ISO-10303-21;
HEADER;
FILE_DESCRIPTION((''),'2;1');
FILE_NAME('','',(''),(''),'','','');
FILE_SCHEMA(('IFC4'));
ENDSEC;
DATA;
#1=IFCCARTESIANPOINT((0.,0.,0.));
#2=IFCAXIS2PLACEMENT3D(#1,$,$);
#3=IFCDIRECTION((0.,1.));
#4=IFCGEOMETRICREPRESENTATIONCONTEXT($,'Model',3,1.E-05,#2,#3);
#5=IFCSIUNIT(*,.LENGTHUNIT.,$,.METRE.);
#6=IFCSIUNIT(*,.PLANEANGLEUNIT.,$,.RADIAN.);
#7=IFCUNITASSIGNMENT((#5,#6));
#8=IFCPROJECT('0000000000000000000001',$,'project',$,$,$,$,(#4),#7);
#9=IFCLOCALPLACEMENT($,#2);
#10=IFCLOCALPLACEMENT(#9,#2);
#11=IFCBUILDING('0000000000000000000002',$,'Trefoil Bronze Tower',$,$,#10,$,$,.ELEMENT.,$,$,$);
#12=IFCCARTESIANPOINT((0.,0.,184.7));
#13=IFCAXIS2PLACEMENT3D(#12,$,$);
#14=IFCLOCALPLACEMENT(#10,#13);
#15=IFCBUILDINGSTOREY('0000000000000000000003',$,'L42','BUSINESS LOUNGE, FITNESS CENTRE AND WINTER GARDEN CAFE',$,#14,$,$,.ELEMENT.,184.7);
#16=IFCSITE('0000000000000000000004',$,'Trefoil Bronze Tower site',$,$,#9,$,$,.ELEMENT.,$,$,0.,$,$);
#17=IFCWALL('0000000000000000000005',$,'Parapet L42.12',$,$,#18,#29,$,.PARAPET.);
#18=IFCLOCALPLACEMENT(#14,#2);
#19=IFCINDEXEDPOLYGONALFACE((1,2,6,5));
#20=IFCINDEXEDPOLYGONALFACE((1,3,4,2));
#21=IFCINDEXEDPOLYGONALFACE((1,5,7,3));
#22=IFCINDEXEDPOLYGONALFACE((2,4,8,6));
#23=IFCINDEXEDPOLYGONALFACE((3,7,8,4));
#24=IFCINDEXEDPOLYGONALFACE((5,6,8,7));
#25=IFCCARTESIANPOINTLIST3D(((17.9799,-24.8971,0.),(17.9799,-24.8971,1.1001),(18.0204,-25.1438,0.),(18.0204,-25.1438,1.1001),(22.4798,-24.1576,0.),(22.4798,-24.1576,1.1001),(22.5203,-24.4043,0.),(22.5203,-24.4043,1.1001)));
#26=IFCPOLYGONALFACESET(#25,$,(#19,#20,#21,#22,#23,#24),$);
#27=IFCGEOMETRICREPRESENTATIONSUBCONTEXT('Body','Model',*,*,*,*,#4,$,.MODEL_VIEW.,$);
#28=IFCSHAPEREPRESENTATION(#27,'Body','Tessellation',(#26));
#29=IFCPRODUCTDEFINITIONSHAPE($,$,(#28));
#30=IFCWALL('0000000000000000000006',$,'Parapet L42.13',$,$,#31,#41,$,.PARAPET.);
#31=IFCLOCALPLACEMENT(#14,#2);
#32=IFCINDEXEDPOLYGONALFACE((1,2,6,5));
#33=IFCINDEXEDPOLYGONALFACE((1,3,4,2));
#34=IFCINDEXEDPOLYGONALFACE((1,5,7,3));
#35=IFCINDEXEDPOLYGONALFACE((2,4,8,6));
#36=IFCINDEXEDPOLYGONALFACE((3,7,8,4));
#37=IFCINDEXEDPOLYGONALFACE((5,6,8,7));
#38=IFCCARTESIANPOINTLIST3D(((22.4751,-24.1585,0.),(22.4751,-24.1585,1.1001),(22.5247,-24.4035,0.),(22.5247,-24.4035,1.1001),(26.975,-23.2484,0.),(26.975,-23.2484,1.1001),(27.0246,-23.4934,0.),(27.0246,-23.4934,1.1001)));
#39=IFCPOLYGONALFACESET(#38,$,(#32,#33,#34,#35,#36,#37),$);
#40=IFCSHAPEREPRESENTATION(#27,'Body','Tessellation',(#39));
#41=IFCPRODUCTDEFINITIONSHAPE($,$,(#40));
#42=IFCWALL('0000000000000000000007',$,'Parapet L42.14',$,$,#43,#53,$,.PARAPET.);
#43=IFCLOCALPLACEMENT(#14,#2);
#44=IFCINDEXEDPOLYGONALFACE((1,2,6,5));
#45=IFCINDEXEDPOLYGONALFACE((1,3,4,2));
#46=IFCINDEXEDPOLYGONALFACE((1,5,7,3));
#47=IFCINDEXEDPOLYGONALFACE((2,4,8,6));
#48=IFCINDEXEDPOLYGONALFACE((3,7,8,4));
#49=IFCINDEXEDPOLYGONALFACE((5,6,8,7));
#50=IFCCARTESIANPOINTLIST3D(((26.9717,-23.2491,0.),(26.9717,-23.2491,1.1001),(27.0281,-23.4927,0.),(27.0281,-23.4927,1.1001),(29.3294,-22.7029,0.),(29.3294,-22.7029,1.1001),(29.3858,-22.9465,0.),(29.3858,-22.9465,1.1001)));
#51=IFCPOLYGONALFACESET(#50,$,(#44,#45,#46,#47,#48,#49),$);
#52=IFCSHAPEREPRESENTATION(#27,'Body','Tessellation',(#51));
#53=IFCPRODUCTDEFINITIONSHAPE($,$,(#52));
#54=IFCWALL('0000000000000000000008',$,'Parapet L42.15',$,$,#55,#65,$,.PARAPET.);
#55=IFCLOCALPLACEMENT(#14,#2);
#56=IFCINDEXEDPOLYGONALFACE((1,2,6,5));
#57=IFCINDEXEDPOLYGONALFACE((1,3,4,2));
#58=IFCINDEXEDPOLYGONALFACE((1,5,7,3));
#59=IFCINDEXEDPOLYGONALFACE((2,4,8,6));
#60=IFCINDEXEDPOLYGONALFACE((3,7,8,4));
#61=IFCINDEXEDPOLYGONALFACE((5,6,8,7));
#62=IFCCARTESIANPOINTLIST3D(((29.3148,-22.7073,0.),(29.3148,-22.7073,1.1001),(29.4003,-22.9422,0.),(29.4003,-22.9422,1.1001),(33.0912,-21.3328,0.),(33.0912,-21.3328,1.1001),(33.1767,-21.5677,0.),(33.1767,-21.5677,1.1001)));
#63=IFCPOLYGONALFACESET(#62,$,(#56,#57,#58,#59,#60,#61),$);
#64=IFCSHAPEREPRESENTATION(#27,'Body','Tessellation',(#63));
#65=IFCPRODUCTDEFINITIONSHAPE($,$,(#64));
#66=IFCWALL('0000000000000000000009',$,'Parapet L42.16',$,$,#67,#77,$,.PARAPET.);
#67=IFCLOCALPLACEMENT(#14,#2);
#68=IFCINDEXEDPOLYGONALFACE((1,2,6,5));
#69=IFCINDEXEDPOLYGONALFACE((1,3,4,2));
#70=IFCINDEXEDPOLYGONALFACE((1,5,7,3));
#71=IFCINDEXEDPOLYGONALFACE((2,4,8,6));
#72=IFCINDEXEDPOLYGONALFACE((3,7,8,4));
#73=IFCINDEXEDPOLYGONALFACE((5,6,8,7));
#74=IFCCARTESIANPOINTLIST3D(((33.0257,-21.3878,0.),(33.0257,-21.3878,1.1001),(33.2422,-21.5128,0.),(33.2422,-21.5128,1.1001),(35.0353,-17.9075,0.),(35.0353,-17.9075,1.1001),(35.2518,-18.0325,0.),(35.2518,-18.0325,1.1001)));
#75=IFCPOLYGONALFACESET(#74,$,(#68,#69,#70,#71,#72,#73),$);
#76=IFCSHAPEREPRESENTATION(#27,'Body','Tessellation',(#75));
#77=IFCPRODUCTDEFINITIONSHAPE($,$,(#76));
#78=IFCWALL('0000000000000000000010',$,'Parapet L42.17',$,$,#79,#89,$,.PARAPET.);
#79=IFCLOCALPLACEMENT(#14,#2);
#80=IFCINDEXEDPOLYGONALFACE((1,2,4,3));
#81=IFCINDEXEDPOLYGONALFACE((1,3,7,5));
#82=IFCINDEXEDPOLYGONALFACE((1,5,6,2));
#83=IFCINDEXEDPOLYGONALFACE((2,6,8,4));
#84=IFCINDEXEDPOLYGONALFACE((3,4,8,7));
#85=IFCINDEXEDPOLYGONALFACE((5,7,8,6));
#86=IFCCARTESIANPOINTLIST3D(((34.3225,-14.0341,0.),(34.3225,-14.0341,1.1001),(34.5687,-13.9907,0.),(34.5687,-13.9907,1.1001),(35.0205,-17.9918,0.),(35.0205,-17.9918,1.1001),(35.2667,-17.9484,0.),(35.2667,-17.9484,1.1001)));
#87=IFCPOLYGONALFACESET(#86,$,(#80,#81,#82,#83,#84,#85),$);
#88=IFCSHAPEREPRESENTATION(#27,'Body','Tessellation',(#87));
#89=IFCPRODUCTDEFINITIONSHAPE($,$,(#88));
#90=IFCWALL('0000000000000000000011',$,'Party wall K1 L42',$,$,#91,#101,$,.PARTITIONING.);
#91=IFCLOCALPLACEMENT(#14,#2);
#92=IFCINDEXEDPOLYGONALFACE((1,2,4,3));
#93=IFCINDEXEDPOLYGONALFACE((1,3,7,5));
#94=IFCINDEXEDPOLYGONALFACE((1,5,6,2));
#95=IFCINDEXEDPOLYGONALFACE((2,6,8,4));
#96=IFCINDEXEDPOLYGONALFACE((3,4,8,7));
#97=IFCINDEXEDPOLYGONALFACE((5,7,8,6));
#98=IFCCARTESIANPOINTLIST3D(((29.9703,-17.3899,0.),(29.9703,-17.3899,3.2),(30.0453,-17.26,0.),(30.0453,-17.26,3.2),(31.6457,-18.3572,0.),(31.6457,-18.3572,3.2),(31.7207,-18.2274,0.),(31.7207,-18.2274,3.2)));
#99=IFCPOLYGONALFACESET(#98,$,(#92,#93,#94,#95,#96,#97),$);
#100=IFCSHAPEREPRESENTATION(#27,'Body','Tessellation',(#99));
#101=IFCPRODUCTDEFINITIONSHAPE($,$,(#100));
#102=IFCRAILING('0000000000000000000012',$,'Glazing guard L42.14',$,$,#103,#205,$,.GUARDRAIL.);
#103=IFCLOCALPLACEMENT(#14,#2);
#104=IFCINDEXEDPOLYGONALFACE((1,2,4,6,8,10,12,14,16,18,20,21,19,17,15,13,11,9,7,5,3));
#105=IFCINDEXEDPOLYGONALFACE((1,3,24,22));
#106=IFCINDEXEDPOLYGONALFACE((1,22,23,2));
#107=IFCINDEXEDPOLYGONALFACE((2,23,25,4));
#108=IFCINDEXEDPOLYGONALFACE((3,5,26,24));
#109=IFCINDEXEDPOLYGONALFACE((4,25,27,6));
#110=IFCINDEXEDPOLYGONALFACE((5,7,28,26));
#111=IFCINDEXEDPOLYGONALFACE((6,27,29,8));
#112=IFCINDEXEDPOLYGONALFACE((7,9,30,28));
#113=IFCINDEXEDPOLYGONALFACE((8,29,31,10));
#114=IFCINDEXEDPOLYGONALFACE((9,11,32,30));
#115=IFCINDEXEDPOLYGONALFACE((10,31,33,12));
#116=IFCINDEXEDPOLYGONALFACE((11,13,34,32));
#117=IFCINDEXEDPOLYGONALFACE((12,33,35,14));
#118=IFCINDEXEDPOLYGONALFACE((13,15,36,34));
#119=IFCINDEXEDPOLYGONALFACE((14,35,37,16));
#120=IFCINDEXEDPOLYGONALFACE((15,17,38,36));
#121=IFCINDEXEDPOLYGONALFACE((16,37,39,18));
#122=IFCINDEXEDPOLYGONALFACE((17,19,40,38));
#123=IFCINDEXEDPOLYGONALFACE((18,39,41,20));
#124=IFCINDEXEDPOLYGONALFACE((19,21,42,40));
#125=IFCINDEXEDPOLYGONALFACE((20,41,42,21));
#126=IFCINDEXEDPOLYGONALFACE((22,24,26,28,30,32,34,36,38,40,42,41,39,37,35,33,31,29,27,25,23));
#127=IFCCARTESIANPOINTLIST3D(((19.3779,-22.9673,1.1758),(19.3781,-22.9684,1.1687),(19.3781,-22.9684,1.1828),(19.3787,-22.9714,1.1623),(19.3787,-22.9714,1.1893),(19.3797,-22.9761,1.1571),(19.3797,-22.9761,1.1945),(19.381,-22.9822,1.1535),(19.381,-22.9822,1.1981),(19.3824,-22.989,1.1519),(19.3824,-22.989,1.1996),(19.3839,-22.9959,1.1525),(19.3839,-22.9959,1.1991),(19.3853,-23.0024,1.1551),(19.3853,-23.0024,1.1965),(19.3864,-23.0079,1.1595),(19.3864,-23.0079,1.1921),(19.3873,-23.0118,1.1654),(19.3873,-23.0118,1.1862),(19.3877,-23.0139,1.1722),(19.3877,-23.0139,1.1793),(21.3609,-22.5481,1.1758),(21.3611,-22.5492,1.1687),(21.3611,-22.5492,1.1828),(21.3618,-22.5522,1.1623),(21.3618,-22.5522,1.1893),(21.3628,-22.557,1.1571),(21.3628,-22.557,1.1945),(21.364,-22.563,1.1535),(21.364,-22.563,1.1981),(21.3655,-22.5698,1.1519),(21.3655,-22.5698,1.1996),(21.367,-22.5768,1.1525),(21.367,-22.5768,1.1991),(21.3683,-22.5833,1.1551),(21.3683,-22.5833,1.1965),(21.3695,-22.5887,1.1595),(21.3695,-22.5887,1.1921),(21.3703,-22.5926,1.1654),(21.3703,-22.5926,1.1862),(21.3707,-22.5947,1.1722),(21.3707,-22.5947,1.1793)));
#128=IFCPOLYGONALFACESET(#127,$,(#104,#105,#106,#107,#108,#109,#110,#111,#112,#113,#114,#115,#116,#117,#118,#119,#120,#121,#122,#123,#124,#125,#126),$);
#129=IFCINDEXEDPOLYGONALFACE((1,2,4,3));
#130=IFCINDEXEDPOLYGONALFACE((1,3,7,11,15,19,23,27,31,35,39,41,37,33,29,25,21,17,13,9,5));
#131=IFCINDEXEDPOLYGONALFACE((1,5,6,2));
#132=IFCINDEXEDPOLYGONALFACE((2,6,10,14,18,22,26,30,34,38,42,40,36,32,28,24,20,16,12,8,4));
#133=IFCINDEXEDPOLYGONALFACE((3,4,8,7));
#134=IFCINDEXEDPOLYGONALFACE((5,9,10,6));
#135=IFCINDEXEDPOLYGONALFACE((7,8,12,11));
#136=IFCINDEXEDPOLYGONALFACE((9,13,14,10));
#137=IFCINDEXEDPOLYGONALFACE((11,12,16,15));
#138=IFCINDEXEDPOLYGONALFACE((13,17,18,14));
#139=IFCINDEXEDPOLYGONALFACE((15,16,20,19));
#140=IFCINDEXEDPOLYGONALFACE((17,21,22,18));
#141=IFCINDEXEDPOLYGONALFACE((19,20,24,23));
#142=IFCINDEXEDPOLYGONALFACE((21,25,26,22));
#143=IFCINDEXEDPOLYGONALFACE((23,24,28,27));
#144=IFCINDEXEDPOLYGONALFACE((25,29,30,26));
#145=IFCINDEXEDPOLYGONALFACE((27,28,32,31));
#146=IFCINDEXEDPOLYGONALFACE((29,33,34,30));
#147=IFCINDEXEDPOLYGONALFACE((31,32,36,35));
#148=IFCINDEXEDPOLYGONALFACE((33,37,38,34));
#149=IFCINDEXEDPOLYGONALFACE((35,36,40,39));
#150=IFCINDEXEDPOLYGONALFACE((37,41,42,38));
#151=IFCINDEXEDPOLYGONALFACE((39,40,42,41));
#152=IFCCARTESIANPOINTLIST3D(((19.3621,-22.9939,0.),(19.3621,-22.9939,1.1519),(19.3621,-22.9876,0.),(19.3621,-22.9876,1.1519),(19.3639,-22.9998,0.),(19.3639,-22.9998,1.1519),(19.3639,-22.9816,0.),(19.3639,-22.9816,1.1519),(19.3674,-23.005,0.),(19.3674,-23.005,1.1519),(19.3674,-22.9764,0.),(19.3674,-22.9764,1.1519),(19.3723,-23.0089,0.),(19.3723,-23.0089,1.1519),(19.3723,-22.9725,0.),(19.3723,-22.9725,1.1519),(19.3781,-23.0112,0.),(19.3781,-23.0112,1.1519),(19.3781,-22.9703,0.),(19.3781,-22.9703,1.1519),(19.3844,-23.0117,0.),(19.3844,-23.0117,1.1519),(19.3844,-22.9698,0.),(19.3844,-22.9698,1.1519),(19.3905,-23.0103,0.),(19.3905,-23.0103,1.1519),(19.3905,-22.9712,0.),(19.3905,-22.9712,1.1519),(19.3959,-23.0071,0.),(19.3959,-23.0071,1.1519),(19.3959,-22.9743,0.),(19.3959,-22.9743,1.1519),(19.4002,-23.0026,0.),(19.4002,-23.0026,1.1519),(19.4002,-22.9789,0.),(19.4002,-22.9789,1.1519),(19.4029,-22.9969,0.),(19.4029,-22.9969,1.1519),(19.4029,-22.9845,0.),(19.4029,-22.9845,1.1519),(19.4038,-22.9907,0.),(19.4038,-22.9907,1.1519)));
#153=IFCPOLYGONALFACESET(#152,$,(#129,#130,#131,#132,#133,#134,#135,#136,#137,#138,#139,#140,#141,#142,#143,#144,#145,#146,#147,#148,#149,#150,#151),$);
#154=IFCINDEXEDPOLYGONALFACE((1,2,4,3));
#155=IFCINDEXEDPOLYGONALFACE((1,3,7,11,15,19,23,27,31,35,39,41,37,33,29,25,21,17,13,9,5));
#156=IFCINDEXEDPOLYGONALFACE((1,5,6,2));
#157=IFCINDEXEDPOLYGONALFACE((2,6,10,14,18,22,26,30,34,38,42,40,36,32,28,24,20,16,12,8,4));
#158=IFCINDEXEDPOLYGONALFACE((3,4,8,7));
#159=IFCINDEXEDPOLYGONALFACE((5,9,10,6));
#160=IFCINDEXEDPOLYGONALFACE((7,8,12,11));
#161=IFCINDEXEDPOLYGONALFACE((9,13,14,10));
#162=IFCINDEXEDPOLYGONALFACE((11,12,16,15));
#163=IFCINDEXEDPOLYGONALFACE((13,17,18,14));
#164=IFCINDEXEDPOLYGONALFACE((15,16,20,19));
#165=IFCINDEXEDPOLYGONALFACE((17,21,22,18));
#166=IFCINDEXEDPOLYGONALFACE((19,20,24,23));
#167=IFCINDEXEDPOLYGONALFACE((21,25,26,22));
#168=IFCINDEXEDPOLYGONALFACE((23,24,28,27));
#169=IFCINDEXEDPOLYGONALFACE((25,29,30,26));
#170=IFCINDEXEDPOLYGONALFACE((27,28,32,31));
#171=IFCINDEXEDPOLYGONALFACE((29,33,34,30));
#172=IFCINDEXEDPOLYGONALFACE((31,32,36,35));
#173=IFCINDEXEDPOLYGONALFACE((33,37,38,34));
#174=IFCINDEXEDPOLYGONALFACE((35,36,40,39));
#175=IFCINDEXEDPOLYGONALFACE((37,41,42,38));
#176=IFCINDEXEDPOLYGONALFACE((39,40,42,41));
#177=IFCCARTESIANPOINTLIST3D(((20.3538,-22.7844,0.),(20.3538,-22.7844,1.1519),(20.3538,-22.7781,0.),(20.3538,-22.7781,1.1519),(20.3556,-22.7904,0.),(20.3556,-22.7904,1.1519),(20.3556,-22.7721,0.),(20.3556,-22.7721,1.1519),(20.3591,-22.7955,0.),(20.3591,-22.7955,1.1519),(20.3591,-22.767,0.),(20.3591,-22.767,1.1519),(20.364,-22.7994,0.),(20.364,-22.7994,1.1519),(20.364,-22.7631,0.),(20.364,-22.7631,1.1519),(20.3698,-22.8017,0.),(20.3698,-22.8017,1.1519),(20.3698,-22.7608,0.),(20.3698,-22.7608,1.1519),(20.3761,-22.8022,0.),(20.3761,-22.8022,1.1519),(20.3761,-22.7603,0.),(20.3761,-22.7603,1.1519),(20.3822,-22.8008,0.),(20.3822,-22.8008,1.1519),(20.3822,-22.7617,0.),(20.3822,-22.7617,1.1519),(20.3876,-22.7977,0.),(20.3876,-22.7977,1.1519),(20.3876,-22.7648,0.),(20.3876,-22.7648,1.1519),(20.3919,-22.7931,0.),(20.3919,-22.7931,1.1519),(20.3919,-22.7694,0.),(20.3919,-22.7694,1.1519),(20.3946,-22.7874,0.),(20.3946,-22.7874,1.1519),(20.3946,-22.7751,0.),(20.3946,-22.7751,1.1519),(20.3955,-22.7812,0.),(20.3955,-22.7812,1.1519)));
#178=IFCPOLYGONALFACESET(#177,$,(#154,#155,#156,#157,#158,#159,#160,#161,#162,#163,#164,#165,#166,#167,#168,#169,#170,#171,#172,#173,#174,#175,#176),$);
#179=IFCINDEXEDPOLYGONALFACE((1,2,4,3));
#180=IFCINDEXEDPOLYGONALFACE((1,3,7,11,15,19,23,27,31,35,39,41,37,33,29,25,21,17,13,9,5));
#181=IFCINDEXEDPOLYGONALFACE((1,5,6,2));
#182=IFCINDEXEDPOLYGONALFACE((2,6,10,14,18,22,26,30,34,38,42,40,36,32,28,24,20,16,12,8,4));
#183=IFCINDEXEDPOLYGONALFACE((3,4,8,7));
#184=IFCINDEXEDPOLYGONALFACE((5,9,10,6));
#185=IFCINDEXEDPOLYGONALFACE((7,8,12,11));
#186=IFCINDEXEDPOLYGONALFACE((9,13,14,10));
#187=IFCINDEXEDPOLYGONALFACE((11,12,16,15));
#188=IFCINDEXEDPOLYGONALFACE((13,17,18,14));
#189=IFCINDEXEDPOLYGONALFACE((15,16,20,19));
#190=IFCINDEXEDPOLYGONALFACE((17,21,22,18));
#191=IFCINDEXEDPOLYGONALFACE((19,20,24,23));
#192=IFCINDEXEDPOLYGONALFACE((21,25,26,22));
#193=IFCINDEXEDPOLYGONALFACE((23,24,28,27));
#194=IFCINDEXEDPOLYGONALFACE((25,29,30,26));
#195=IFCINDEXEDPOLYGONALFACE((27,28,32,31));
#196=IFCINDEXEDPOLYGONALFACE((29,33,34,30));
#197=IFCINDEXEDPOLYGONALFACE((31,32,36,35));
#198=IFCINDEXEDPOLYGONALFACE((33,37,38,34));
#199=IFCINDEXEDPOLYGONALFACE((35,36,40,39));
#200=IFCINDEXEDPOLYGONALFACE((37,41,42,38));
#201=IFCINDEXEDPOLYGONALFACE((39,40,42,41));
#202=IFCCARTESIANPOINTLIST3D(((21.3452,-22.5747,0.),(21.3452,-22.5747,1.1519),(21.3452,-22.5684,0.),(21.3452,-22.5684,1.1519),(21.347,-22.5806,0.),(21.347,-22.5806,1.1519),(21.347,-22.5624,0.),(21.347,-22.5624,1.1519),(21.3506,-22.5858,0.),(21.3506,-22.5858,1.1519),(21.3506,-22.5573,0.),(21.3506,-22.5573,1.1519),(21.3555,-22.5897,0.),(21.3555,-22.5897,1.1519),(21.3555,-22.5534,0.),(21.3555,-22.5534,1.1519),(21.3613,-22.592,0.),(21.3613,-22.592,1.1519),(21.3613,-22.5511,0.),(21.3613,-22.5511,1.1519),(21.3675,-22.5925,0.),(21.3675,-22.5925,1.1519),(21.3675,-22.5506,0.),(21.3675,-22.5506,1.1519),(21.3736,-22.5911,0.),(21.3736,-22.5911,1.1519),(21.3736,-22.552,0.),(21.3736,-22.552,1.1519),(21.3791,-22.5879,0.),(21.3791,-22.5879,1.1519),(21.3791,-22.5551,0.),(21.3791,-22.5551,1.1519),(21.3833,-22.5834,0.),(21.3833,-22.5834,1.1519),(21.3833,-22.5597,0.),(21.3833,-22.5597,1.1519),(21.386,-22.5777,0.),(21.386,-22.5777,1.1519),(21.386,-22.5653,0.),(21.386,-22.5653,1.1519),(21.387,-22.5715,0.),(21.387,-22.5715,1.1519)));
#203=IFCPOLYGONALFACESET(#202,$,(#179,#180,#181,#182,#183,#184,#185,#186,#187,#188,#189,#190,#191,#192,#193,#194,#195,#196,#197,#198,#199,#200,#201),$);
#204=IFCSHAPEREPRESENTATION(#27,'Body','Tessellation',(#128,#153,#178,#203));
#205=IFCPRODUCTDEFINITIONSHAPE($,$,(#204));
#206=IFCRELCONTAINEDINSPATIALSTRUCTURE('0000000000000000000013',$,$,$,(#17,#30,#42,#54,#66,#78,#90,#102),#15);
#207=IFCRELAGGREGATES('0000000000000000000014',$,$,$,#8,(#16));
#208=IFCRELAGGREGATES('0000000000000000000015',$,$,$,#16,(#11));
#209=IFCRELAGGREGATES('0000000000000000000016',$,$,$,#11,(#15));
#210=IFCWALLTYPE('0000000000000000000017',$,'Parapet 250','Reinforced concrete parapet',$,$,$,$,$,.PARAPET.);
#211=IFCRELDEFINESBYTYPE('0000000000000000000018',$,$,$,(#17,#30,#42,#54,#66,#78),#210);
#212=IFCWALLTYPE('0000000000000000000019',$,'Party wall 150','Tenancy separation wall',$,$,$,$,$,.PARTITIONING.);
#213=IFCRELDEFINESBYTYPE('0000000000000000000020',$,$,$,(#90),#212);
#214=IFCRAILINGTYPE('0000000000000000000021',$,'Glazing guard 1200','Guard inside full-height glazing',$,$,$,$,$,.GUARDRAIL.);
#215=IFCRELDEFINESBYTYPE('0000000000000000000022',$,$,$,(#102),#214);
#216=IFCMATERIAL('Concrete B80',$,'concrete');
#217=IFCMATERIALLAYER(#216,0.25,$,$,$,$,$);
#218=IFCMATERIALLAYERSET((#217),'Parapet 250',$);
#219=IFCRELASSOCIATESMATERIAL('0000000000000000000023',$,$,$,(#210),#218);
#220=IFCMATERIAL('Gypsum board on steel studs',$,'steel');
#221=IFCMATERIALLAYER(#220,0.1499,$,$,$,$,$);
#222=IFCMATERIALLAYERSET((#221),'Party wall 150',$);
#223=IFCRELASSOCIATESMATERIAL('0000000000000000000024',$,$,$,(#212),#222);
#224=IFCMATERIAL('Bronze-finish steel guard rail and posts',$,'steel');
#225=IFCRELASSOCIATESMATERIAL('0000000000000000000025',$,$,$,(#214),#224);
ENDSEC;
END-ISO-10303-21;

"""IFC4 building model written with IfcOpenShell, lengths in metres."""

from ifc_helpers import new_model, si_unit, direction, frame, frame_2d, origin, origin_2d, place, context, subcontext, project, spatial, rectangle, circle, extrude, material, layer, layer_set, type_object, element, save


model = new_model("IFC4")

# Units and contexts
model_context = context("Model", 3, precision=1e-05, world=origin(), true_north=direction((0.0, 1.0)))
body_context = subcontext(model_context, "Body", "Model", "MODEL_VIEW")
ifc_project = project(units=[si_unit("LENGTHUNIT", "METRE"), si_unit("PLANEANGLEUNIT", "RADIAN")], contexts=[model_context])

# Site, building, storey
site_placement = place(None, origin())
site = spatial("IfcSite", under=ifc_project, at=site_placement, Name="Trefoil Bronze Tower site", CompositionType="ELEMENT", RefElevation=0.0)
building_placement = place(site_placement, origin())
building = spatial("IfcBuilding", under=site, at=building_placement, Name="Trefoil Bronze Tower", CompositionType="ELEMENT")
storey_placement = place(building_placement, frame((0.0, 0.0, 184.7)))
storey = spatial("IfcBuildingStorey", under=building, at=storey_placement, Name="L42", Description="BUSINESS LOUNGE, FITNESS CENTRE AND WINTER GARDEN CAFE", CompositionType="ELEMENT", Elevation=184.7)

# Walls
ifc_material_1 = material(Name="Concrete B80", Category="concrete")
ifc_layer_1 = layer(ifc_material_1, 0.25)
ifc_layer_set_1 = layer_set([ifc_layer_1], Name="Parapet 250")
wall_type_1 = type_object("IfcWallType", Name="Parapet 250", Description="Reinforced concrete parapet", PredefinedType="PARAPET", material=ifc_layer_set_1)
wall_1_placement = place(storey_placement, frame((18.0, -25.0205, 0.0), z_axis=(0.0, 0.0, 1.0), x_axis=(0.986765, 0.162159, 0.0)))
element("IfcWall", 1, at=wall_1_placement, inside=storey, type_object=wall_type_1, Name="Parapet L42.12", PredefinedType="PARAPET", context=body_context, shape_type="SweptSolid", body=[
    extrude(rectangle(XDim=4.5603, YDim=0.25, at=frame_2d((2.2803, 0.0))), origin(), (0.0, 0.0, 1.0), 1.1001),
])
wall_2_placement = place(storey_placement, frame((22.5, -24.281, 0.0), z_axis=(0.0, 0.0, 1.0), x_axis=(0.980153, 0.198243, 0.0)))
element("IfcWall", 2, at=wall_2_placement, inside=storey, type_object=wall_type_1, Name="Parapet L42.13", PredefinedType="PARAPET", context=body_context, shape_type="SweptSolid", body=[
    extrude(rectangle(XDim=4.5911, YDim=0.25, at=frame_2d((2.2954, 0.0))), origin(), (0.0, 0.0, 1.0), 1.1001),
])
wall_3_placement = place(storey_placement, frame((27.0, -23.3708, 0.0), z_axis=(0.0, 0.0, 1.0), x_axis=(0.974204, 0.22567, 0.0)))
element("IfcWall", 3, at=wall_3_placement, inside=storey, type_object=wall_type_1, Name="Parapet L42.14", PredefinedType="PARAPET", context=body_context, shape_type="SweptSolid", body=[
    extrude(rectangle(XDim=2.4202, YDim=0.25, at=frame_2d((1.21, 0.0))), origin(), (0.0, 0.0, 1.0), 1.1001),
])
for number, where, z_axis, x_axis, name in (
    (4, (29.3577, -22.8247, 0.0), (0.0, 0.0, 1.0), (0.939691, 0.342026, 0.0), "Parapet L42.15"),
    (5, (33.134, -21.4502, 0.0), (0.0, 0.0, 1.0), (0.50004, 0.866002, 0.0), "Parapet L42.16"),
    (6, (35.1436, -17.97, 0.0), (0.0, 0.0, 1.0), (-0.173681, 0.984802, 0.0), "Parapet L42.17"),
):
    element("IfcWall", number, at=place(storey_placement, frame(where, z_axis=z_axis, x_axis=x_axis)), inside=storey, type_object=wall_type_1, Name=name, PredefinedType="PARAPET", context=body_context, shape_type="SweptSolid", body=[
        extrude(rectangle(XDim=4.0188, YDim=0.25, at=frame_2d((2.0093, 0.0))), origin(), (0.0, 0.0, 1.0), 1.1001),
    ])
ifc_material_2 = material(Name="Gypsum board on steel studs", Category="steel")
ifc_layer_2 = layer(ifc_material_2, 0.1499)
ifc_layer_set_2 = layer_set([ifc_layer_2], Name="Party wall 150")
wall_type_2 = type_object("IfcWallType", Name="Party wall 150", Description="Tenancy separation wall", PredefinedType="PARTITIONING", material=ifc_layer_set_2)
wall_4_placement = place(storey_placement, frame((30.0078, -17.325, 0.0), z_axis=(0.0, 0.0, 1.0), x_axis=(0.866013, -0.500021, 0.0)))
element("IfcWall", 7, at=wall_4_placement, inside=storey, type_object=wall_type_2, Name="Party wall K1 L42", PredefinedType="PARTITIONING", context=body_context, shape_type="SweptSolid", body=[
    extrude(rectangle(XDim=1.9346, YDim=0.1499, at=frame_2d((0.9673, 0.0))), origin(), (0.0, 0.0, 1.0), 3.2),
])

# Railing
ifc_material_3 = material(Name="Bronze-finish steel guard rail and posts", Category="steel")
railing_type = type_object("IfcRailingType", Name="Glazing guard 1200", Description="Guard inside full-height glazing", PredefinedType="GUARDRAIL", material=ifc_material_3)
railing_1_placement = place(storey_placement, frame((19.3828, -22.9907, 0.0)))
element("IfcRailing", 8, at=railing_1_placement, inside=storey, type_object=railing_type, Name="Glazing guard L42.14", PredefinedType="GUARDRAIL", context=body_context, shape_type="SweptSolid", body=[
    extrude(circle(Radius=0.0239, at=origin_2d()), frame((0.0, 0.0, 1.1758), z_axis=(0.978382, 0.206806, 0.0), x_axis=(-0.206806, 0.978382, 0.0)), (0.0, 0.0, 1.0), 2.0269),
    extrude(circle(Radius=0.021, at=origin_2d()), origin(), (0.0, 0.0, 1.0), 1.1519),
    extrude(circle(Radius=0.021, at=origin_2d()), frame((0.9917, 0.2095, 0.0)), (0.0, 0.0, 1.0), 1.1519),
    extrude(circle(Radius=0.021, at=origin_2d()), frame((1.9832, 0.4192, 0.0)), (0.0, 0.0, 1.0), 1.1519),
])

save(model, "model.ifc")
